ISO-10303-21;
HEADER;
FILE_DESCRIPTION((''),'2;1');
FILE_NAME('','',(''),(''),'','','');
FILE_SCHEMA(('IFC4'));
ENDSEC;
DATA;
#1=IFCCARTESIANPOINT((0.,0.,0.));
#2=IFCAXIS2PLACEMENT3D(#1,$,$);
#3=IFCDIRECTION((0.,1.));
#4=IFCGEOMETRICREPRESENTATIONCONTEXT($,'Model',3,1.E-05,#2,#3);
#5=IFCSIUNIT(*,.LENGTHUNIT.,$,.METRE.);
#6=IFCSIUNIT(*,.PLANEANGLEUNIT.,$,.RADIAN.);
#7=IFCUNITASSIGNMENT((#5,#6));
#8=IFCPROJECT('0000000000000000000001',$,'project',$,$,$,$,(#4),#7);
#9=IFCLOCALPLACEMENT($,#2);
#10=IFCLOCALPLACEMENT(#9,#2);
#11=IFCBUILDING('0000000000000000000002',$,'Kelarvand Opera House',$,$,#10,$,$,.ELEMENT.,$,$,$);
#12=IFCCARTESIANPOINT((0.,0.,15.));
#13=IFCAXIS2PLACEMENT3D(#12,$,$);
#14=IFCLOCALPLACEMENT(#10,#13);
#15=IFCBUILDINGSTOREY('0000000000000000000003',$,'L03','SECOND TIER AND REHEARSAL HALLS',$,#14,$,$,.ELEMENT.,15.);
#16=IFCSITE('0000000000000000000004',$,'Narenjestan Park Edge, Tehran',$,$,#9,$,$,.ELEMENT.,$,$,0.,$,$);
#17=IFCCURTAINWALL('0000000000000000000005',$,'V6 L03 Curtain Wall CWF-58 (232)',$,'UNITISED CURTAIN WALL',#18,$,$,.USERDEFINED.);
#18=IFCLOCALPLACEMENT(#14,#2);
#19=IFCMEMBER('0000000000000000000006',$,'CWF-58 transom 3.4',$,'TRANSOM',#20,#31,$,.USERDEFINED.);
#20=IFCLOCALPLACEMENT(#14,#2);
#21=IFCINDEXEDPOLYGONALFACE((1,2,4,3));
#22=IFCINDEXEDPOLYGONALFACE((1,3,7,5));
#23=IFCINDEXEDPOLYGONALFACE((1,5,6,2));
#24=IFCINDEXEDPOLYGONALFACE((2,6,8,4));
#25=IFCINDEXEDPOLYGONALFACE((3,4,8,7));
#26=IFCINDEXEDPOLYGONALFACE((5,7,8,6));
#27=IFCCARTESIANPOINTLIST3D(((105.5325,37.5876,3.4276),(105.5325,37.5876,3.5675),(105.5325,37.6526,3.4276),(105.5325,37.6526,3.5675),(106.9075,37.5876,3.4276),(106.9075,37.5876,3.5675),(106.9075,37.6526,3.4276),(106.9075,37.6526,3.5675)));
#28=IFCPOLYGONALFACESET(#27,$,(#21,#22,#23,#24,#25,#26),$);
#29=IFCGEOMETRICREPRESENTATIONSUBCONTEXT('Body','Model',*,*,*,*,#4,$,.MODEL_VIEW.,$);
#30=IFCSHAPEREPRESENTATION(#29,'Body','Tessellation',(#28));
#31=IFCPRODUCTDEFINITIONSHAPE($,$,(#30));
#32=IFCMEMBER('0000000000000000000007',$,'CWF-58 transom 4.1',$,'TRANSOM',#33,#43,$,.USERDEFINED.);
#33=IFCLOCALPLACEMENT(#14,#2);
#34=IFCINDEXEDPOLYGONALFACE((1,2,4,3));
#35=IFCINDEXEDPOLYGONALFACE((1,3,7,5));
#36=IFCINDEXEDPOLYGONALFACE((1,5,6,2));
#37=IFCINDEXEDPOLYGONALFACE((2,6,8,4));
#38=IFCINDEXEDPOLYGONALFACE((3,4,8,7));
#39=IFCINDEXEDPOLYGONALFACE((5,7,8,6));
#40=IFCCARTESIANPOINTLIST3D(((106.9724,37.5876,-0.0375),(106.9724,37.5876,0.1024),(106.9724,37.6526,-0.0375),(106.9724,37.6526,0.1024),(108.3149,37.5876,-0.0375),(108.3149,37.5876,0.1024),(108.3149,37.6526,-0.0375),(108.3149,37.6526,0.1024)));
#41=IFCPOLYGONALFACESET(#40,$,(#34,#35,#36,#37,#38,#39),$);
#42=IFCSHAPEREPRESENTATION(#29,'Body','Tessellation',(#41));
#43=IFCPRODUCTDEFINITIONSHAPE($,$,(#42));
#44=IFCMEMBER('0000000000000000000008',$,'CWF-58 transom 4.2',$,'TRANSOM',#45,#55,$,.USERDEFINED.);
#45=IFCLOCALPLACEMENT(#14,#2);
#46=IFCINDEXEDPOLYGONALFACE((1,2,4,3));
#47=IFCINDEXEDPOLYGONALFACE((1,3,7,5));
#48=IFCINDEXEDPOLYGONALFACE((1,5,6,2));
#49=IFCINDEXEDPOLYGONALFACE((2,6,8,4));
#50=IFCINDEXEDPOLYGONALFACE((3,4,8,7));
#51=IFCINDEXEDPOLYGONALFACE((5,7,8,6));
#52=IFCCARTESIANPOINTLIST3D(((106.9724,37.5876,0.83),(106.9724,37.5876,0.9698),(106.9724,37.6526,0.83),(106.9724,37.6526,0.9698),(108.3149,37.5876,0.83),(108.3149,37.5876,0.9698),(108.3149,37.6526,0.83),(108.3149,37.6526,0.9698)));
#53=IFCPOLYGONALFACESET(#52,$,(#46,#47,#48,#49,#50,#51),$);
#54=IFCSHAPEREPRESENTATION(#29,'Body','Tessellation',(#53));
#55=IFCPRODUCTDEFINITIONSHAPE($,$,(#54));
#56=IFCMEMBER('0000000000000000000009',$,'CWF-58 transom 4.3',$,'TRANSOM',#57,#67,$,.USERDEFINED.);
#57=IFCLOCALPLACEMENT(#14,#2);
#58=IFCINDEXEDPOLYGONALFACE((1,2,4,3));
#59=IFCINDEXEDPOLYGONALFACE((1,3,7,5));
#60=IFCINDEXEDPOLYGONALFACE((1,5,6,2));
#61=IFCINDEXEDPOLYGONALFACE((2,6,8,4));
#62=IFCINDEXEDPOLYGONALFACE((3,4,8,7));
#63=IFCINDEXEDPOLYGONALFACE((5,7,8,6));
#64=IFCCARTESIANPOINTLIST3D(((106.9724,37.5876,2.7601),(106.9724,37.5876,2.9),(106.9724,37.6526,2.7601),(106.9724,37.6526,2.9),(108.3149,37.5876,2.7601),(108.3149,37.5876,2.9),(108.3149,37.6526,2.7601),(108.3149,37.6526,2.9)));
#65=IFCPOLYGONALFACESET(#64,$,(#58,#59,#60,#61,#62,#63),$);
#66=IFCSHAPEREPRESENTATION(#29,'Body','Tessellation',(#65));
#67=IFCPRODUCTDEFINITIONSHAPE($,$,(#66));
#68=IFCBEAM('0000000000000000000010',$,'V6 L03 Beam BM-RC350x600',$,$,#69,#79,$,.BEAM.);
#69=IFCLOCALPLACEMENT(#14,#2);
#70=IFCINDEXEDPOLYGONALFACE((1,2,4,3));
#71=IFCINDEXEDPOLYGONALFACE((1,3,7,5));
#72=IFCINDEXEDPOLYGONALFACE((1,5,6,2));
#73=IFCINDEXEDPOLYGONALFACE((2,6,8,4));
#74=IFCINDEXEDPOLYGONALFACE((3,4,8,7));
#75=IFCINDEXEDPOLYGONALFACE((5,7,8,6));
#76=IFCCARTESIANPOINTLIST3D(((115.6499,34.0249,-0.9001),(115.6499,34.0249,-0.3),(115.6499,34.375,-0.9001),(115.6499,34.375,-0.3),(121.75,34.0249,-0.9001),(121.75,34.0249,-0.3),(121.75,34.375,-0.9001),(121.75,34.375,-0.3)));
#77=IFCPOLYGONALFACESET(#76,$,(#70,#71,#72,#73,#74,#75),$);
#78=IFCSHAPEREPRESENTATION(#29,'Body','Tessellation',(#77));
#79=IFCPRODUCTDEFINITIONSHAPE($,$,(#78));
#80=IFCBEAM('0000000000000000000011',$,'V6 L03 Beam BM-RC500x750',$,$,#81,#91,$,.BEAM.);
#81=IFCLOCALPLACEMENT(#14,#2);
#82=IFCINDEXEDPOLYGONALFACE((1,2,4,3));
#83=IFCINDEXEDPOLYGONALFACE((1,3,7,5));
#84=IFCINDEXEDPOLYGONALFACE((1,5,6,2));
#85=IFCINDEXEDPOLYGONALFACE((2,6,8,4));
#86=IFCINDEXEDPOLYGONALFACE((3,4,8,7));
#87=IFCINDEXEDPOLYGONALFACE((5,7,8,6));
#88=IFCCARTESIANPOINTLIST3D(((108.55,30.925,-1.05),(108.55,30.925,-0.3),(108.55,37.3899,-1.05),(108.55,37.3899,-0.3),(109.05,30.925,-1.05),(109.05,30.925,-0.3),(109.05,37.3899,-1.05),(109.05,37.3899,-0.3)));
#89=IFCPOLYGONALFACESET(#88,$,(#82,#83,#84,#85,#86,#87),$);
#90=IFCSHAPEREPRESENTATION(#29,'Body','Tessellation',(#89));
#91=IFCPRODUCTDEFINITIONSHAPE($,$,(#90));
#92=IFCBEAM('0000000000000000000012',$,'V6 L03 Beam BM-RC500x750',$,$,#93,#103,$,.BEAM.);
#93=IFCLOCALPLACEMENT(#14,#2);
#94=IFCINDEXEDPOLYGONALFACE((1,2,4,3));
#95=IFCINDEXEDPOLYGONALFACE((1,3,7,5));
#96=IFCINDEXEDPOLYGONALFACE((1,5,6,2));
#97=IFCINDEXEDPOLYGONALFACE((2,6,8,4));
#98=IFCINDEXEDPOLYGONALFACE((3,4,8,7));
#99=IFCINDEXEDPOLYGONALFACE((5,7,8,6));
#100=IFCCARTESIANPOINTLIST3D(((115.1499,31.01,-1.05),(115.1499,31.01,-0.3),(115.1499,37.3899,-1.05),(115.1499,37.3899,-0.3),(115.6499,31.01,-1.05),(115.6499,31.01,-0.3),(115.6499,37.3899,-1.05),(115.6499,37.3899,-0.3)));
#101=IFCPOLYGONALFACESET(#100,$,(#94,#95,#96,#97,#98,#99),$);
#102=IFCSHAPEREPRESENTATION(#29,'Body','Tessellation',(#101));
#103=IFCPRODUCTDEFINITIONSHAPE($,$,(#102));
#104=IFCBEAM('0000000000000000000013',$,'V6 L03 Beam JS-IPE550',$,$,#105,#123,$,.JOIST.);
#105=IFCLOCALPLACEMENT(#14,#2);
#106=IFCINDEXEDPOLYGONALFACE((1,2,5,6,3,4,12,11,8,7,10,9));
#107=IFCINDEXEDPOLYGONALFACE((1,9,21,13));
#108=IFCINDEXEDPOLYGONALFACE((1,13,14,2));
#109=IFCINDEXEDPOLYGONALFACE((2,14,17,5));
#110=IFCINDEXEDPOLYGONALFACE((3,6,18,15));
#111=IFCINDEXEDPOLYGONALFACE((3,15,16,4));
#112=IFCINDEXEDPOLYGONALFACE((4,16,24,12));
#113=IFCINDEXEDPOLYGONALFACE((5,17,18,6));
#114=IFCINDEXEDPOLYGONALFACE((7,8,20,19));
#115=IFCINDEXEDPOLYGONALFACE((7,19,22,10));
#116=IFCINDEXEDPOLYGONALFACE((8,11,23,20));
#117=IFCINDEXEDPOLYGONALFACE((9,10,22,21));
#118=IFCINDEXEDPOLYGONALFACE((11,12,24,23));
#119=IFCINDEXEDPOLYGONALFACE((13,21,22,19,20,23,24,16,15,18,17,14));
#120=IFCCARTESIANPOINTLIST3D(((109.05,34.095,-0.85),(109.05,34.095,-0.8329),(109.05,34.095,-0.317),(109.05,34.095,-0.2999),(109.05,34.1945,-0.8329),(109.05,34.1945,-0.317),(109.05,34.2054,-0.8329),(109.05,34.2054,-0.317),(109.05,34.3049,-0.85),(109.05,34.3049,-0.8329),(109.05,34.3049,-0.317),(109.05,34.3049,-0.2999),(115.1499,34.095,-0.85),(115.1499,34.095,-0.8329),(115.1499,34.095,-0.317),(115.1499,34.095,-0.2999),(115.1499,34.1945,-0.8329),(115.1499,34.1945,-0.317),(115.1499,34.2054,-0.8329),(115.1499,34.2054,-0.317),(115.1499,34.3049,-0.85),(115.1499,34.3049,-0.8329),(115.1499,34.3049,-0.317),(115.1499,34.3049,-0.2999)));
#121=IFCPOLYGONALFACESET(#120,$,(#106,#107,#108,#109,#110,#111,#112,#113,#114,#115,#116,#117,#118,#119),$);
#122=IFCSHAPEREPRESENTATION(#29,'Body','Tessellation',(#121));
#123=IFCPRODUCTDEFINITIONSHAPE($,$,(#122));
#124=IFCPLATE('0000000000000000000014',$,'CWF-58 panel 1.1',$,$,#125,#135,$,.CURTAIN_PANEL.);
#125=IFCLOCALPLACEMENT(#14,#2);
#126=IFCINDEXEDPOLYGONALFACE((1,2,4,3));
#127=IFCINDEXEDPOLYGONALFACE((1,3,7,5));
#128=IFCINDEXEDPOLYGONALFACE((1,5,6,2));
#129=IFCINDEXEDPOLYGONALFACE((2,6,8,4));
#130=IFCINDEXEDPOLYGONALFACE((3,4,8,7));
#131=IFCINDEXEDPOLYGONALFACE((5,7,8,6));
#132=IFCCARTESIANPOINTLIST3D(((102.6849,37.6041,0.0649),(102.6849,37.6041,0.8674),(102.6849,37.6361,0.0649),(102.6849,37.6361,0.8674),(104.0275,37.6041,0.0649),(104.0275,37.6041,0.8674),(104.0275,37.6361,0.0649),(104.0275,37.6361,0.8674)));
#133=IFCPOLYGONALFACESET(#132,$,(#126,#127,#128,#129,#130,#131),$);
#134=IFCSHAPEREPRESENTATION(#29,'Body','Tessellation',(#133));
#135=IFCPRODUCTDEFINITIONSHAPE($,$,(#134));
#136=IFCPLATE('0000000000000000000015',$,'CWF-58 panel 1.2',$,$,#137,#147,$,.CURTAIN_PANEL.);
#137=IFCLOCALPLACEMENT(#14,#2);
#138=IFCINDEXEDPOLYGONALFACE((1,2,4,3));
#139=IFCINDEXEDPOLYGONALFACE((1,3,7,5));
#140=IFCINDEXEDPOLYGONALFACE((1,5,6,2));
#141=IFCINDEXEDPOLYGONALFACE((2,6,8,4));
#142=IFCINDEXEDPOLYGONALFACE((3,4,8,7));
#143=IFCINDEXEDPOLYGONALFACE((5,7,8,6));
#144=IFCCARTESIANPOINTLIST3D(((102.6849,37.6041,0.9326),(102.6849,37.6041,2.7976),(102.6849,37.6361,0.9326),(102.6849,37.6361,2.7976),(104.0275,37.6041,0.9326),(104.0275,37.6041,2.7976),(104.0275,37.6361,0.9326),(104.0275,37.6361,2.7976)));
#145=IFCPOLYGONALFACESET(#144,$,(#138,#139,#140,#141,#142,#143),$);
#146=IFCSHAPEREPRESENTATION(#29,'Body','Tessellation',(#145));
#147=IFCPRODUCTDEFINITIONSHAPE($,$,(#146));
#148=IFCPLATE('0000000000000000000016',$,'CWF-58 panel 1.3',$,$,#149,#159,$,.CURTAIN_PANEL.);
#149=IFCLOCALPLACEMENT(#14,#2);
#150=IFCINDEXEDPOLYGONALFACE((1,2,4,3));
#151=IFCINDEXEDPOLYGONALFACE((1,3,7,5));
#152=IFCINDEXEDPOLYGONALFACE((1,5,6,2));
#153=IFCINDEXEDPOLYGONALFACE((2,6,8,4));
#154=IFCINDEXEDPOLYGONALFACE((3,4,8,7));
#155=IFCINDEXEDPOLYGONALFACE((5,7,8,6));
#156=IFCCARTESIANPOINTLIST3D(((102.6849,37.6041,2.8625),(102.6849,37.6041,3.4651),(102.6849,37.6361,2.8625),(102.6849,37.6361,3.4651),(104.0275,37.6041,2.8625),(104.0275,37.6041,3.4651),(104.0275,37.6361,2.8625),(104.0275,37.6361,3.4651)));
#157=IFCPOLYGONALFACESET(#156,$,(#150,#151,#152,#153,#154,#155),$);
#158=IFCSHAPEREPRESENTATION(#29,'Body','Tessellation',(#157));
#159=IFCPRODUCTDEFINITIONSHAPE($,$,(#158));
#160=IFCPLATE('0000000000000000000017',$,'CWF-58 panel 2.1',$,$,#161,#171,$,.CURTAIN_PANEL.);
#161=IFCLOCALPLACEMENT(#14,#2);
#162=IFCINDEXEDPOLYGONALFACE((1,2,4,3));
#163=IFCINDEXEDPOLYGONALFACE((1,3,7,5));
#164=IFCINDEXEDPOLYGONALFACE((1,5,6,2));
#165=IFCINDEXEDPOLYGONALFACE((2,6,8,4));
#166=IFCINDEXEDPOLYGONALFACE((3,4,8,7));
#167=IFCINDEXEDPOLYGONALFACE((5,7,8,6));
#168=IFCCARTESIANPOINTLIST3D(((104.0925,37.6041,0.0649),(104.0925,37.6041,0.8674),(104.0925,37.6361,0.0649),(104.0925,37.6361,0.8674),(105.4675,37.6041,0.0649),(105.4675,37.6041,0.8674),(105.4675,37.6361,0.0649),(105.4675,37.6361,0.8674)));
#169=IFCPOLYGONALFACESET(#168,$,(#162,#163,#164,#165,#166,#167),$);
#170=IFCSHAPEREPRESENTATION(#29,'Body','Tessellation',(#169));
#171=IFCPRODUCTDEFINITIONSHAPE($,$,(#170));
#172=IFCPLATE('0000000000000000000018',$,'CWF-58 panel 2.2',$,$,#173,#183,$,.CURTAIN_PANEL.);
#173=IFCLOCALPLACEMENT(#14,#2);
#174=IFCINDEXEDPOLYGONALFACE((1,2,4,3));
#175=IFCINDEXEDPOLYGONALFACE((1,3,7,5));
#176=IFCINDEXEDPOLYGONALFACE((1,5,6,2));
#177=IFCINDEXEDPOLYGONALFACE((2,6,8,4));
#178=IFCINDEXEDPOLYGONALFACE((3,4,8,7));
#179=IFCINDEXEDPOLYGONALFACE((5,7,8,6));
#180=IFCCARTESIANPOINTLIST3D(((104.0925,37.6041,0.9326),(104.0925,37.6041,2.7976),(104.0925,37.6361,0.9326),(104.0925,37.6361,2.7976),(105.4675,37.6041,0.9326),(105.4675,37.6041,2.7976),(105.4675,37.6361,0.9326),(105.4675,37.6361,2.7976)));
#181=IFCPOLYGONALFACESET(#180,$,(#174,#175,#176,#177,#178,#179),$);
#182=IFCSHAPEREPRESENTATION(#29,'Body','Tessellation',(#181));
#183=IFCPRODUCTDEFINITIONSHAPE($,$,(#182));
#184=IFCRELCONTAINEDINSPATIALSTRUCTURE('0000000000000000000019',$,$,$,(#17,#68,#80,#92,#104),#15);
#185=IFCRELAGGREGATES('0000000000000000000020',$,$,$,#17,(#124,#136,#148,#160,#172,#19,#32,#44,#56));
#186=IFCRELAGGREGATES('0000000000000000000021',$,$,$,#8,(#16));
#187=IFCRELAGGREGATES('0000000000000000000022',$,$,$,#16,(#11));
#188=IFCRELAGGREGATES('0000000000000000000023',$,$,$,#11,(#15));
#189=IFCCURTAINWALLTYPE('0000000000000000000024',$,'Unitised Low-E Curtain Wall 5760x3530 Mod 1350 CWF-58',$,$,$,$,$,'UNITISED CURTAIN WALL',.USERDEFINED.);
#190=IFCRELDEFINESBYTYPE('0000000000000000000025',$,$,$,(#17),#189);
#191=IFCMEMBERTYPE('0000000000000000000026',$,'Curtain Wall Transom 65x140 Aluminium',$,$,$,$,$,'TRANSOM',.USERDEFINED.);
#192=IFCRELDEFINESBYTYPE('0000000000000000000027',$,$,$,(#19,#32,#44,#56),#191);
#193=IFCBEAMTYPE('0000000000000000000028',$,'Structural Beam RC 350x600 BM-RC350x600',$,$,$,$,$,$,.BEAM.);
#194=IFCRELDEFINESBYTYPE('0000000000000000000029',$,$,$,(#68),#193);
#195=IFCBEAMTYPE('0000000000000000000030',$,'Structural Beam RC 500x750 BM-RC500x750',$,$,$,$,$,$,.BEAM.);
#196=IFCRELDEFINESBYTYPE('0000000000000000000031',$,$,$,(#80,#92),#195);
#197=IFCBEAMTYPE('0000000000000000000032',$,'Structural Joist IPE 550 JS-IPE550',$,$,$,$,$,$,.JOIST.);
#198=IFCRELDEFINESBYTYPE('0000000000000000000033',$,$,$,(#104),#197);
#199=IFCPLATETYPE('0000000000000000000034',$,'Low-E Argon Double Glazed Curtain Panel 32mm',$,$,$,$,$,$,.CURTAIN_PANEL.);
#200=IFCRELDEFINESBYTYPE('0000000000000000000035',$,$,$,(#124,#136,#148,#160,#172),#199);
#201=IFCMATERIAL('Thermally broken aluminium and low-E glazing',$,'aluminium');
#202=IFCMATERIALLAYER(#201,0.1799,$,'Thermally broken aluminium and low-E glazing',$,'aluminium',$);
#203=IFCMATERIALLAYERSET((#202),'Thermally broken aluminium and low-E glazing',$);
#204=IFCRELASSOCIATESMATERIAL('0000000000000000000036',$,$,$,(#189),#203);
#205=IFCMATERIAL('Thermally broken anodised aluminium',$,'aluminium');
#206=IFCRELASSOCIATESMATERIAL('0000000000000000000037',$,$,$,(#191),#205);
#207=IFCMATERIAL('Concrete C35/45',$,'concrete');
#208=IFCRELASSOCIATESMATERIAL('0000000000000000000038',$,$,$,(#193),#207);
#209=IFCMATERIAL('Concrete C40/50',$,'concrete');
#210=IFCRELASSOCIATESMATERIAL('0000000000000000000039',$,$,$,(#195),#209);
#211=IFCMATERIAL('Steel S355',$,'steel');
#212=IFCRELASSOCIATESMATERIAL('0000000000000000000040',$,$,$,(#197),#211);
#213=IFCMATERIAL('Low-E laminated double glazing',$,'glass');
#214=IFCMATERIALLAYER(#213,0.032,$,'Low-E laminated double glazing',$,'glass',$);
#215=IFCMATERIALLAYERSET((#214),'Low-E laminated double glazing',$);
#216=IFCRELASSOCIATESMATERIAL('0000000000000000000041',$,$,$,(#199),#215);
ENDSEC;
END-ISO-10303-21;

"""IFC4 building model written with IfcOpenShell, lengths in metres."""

from ifc_helpers import new_model, si_unit, direction, frame, origin, origin_2d, place, context, subcontext, project, spatial, rectangle, i_section, extrude, material, layer, layer_set, material_profile, profile_set, type_object, element, aggregate, save


model = new_model("IFC4")

# Units and contexts
model_context = context("Model", 3, precision=1e-05, world=origin(), true_north=direction((0.0, 1.0)))
body_context = subcontext(model_context, "Body", "Model", "MODEL_VIEW")
ifc_project = project(units=[si_unit("LENGTHUNIT", "METRE"), si_unit("PLANEANGLEUNIT", "RADIAN")], contexts=[model_context])

# Site, building, storey
site_placement = place(None, origin())
site = spatial("IfcSite", under=ifc_project, at=site_placement, Name="Narenjestan Park Edge, Tehran", CompositionType="ELEMENT", RefElevation=0.0)
building_placement = place(site_placement, origin())
building = spatial("IfcBuilding", under=site, at=building_placement, Name="Kelarvand Opera House", CompositionType="ELEMENT")
storey_placement = place(building_placement, frame((0.0, 0.0, 15.0)))
storey = spatial("IfcBuildingStorey", under=building, at=storey_placement, Name="L03", Description="SECOND TIER AND REHEARSAL HALLS", CompositionType="ELEMENT", Elevation=15.0)

# Curtain wall, members
ifc_material_1 = material(Name="Thermally broken aluminium and low-E glazing", Category="aluminium")
ifc_layer_1 = layer(ifc_material_1, 0.1799, Name="Thermally broken aluminium and low-E glazing", Category="aluminium")
ifc_layer_set_1 = layer_set([ifc_layer_1], Name="Thermally broken aluminium and low-E glazing")
curtain_wall_type = type_object("IfcCurtainWallType", Name="Unitised Low-E Curtain Wall 5760x3530 Mod 1350 CWF-58", ElementType="UNITISED CURTAIN WALL", PredefinedType="USERDEFINED", material=ifc_layer_set_1)
curtain_wall_placement = place(storey_placement, origin())
curtain_wall = element("IfcCurtainWall", 1, at=curtain_wall_placement, inside=storey, type_object=curtain_wall_type, Name="V6 L03 Curtain Wall CWF-58 (232)", ObjectType="UNITISED CURTAIN WALL", PredefinedType="USERDEFINED")
ifc_material_2 = material(Name="Thermally broken anodised aluminium", Category="aluminium")
ifc_material_profile_1 = material_profile(ifc_material_2, rectangle(XDim=0.0649, YDim=0.1399, at=origin_2d()), Name="ALU TRANSOM 65x140", Category="aluminium")
ifc_profile_set_1 = profile_set([ifc_material_profile_1], Name="Thermally broken anodised aluminium")
member_type_1 = type_object("IfcMemberType", Name="Curtain Wall Transom 65x140 Aluminium", ElementType="TRANSOM", PredefinedType="USERDEFINED", material=ifc_profile_set_1)
member_1_placement = place(storey_placement, frame((105.5325, 37.6201, 3.4976), z_axis=(1.0, 0.0, 0.0), x_axis=(0.0, 1.0, 0.0)))
member_1 = element("IfcMember", 2, at=member_1_placement, type_object=member_type_1, Name="CWF-58 transom 3.4", ObjectType="TRANSOM", PredefinedType="USERDEFINED", context=body_context, shape_type="SweptSolid", body=[
    extrude(rectangle(XDim=0.0649, YDim=0.1399, at=origin_2d()), origin(), (0.0, 0.0, 1.0), 1.375),
])
member_2_placement = place(storey_placement, frame((106.9724, 37.6201, 0.0325), z_axis=(1.0, 0.0, 0.0), x_axis=(0.0, 1.0, 0.0)))
member_2 = element("IfcMember", 3, at=member_2_placement, type_object=member_type_1, Name="CWF-58 transom 4.1", ObjectType="TRANSOM", PredefinedType="USERDEFINED", context=body_context, shape_type="SweptSolid", body=[
    extrude(rectangle(XDim=0.0649, YDim=0.1399, at=origin_2d()), origin(), (0.0, 0.0, 1.0), 1.3425),
])
member_3_placement = place(storey_placement, frame((106.9724, 37.6201, 0.8999), z_axis=(1.0, 0.0, 0.0), x_axis=(0.0, 1.0, 0.0)))
member_3 = element("IfcMember", 4, at=member_3_placement, type_object=member_type_1, Name="CWF-58 transom 4.2", ObjectType="TRANSOM", PredefinedType="USERDEFINED", context=body_context, shape_type="SweptSolid", body=[
    extrude(rectangle(XDim=0.0649, YDim=0.1399, at=origin_2d()), origin(), (0.0, 0.0, 1.0), 1.3425),
])
member_4_placement = place(storey_placement, frame((106.9724, 37.6201, 2.8301), z_axis=(1.0, 0.0, 0.0), x_axis=(0.0, 1.0, 0.0)))
member_4 = element("IfcMember", 5, at=member_4_placement, type_object=member_type_1, Name="CWF-58 transom 4.3", ObjectType="TRANSOM", PredefinedType="USERDEFINED", context=body_context, shape_type="SweptSolid", body=[
    extrude(rectangle(XDim=0.0649, YDim=0.1399, at=origin_2d()), origin(), (0.0, 0.0, 1.0), 1.3425),
])

# Beams
ifc_material_3 = material(Name="Concrete C35/45", Category="concrete")
ifc_material_profile_2 = material_profile(ifc_material_3, rectangle(XDim=0.3501, YDim=0.6001, at=origin_2d()), Name="RC 350x600", Category="concrete")
ifc_profile_set_2 = profile_set([ifc_material_profile_2], Name="Concrete C35/45")
beam_type_1 = type_object("IfcBeamType", Name="Structural Beam RC 350x600 BM-RC350x600", PredefinedType="BEAM", material=ifc_profile_set_2)
beam_1_placement = place(storey_placement, frame((115.6499, 34.2, -0.6001), z_axis=(1.0, 0.0, 0.0), x_axis=(0.0, 1.0, 0.0)))
element("IfcBeam", 6, at=beam_1_placement, inside=storey, type_object=beam_type_1, Name="V6 L03 Beam BM-RC350x600", PredefinedType="BEAM", context=body_context, shape_type="SweptSolid", body=[
    extrude(rectangle(XDim=0.3501, YDim=0.6001, at=origin_2d()), origin(), (0.0, 0.0, 1.0), 6.1001),
])
ifc_material_4 = material(Name="Concrete C40/50", Category="concrete")
ifc_material_profile_3 = material_profile(ifc_material_4, rectangle(XDim=0.5, YDim=0.75, at=origin_2d()), Name="RC 500x750", Category="concrete")
ifc_profile_set_3 = profile_set([ifc_material_profile_3], Name="Concrete C40/50")
beam_type_2 = type_object("IfcBeamType", Name="Structural Beam RC 500x750 BM-RC500x750", PredefinedType="BEAM", material=ifc_profile_set_3)
beam_2_placement = place(storey_placement, frame((108.8, 30.925, -0.675), z_axis=(0.0, 1.0, 0.0), x_axis=(-1.0, 0.0, 0.0)))
element("IfcBeam", 7, at=beam_2_placement, inside=storey, type_object=beam_type_2, Name="V6 L03 Beam BM-RC500x750", PredefinedType="BEAM", context=body_context, shape_type="SweptSolid", body=[
    extrude(rectangle(XDim=0.5, YDim=0.75, at=origin_2d()), origin(), (0.0, 0.0, 1.0), 6.4648),
])
beam_3_placement = place(storey_placement, frame((115.3999, 31.01, -0.675), z_axis=(0.0, 1.0, 0.0), x_axis=(-1.0, 0.0, 0.0)))
element("IfcBeam", 8, at=beam_3_placement, inside=storey, type_object=beam_type_2, Name="V6 L03 Beam BM-RC500x750", PredefinedType="BEAM", context=body_context, shape_type="SweptSolid", body=[
    extrude(rectangle(XDim=0.5, YDim=0.75, at=origin_2d()), origin(), (0.0, 0.0, 1.0), 6.3799),
])
ifc_material_5 = material(Name="Steel S355", Category="steel")
ifc_material_profile_4 = material_profile(ifc_material_5, i_section(OverallWidth=0.21, OverallDepth=0.55, WebThickness=0.011, FlangeThickness=0.0171, at=origin_2d()), Name="IPE 550", Category="steel")
ifc_profile_set_4 = profile_set([ifc_material_profile_4], Name="Steel S355")
beam_type_3 = type_object("IfcBeamType", Name="Structural Joist IPE 550 JS-IPE550", PredefinedType="JOIST", material=ifc_profile_set_4)
beam_4_placement = place(storey_placement, frame((109.05, 34.2, -0.575), z_axis=(1.0, 0.0, 0.0), x_axis=(0.0, 1.0, 0.0)))
element("IfcBeam", 9, at=beam_4_placement, inside=storey, type_object=beam_type_3, Name="V6 L03 Beam JS-IPE550", PredefinedType="JOIST", context=body_context, shape_type="SweptSolid", body=[
    extrude(i_section(OverallWidth=0.21, OverallDepth=0.55, WebThickness=0.011, FlangeThickness=0.0171, at=origin_2d()), origin(), (0.0, 0.0, 1.0), 6.0999),
])

# Plates
ifc_material_6 = material(Name="Low-E laminated double glazing", Category="glass")
ifc_layer_2 = layer(ifc_material_6, 0.032, Name="Low-E laminated double glazing", Category="glass")
ifc_layer_set_2 = layer_set([ifc_layer_2], Name="Low-E laminated double glazing")
plate_type = type_object("IfcPlateType", Name="Low-E Argon Double Glazed Curtain Panel 32mm", PredefinedType="CURTAIN_PANEL", material=ifc_layer_set_2)
plate_1_placement = place(storey_placement, frame((103.3562, 37.6201, 0.0649), z_axis=(0.0, 0.0, 1.0), x_axis=(1.0, 0.0, 0.0)))
plate_1 = element("IfcPlate", 10, at=plate_1_placement, type_object=plate_type, Name="CWF-58 panel 1.1", PredefinedType="CURTAIN_PANEL", context=body_context, shape_type="SweptSolid", body=[
    extrude(rectangle(XDim=1.3425, YDim=0.032, at=origin_2d()), origin(), (0.0, 0.0, 1.0), 0.8025),
])
plate_2_placement = place(storey_placement, frame((103.3562, 37.6201, 0.9326), z_axis=(0.0, 0.0, 1.0), x_axis=(1.0, 0.0, 0.0)))
plate_2 = element("IfcPlate", 11, at=plate_2_placement, type_object=plate_type, Name="CWF-58 panel 1.2", PredefinedType="CURTAIN_PANEL", context=body_context, shape_type="SweptSolid", body=[
    extrude(rectangle(XDim=1.3425, YDim=0.032, at=origin_2d()), origin(), (0.0, 0.0, 1.0), 1.865),
])
plate_3_placement = place(storey_placement, frame((103.3562, 37.6201, 2.8625), z_axis=(0.0, 0.0, 1.0), x_axis=(1.0, 0.0, 0.0)))
plate_3 = element("IfcPlate", 12, at=plate_3_placement, type_object=plate_type, Name="CWF-58 panel 1.3", PredefinedType="CURTAIN_PANEL", context=body_context, shape_type="SweptSolid", body=[
    extrude(rectangle(XDim=1.3425, YDim=0.032, at=origin_2d()), origin(), (0.0, 0.0, 1.0), 0.6025),
])
plate_4_placement = place(storey_placement, frame((104.78, 37.6201, 0.0649), z_axis=(0.0, 0.0, 1.0), x_axis=(1.0, 0.0, 0.0)))
plate_4 = element("IfcPlate", 13, at=plate_4_placement, type_object=plate_type, Name="CWF-58 panel 2.1", PredefinedType="CURTAIN_PANEL", context=body_context, shape_type="SweptSolid", body=[
    extrude(rectangle(XDim=1.375, YDim=0.032, at=origin_2d()), origin(), (0.0, 0.0, 1.0), 0.8025),
])
plate_5_placement = place(storey_placement, frame((104.78, 37.6201, 0.9326), z_axis=(0.0, 0.0, 1.0), x_axis=(1.0, 0.0, 0.0)))
plate_5 = element("IfcPlate", 14, at=plate_5_placement, type_object=plate_type, Name="CWF-58 panel 2.2", PredefinedType="CURTAIN_PANEL", context=body_context, shape_type="SweptSolid", body=[
    extrude(rectangle(XDim=1.375, YDim=0.032, at=origin_2d()), origin(), (0.0, 0.0, 1.0), 1.865),
])
aggregate(curtain_wall, [plate_1, plate_2, plate_3, plate_4, plate_5, member_1, member_2, member_3, member_4])

save(model, "model.ifc")
